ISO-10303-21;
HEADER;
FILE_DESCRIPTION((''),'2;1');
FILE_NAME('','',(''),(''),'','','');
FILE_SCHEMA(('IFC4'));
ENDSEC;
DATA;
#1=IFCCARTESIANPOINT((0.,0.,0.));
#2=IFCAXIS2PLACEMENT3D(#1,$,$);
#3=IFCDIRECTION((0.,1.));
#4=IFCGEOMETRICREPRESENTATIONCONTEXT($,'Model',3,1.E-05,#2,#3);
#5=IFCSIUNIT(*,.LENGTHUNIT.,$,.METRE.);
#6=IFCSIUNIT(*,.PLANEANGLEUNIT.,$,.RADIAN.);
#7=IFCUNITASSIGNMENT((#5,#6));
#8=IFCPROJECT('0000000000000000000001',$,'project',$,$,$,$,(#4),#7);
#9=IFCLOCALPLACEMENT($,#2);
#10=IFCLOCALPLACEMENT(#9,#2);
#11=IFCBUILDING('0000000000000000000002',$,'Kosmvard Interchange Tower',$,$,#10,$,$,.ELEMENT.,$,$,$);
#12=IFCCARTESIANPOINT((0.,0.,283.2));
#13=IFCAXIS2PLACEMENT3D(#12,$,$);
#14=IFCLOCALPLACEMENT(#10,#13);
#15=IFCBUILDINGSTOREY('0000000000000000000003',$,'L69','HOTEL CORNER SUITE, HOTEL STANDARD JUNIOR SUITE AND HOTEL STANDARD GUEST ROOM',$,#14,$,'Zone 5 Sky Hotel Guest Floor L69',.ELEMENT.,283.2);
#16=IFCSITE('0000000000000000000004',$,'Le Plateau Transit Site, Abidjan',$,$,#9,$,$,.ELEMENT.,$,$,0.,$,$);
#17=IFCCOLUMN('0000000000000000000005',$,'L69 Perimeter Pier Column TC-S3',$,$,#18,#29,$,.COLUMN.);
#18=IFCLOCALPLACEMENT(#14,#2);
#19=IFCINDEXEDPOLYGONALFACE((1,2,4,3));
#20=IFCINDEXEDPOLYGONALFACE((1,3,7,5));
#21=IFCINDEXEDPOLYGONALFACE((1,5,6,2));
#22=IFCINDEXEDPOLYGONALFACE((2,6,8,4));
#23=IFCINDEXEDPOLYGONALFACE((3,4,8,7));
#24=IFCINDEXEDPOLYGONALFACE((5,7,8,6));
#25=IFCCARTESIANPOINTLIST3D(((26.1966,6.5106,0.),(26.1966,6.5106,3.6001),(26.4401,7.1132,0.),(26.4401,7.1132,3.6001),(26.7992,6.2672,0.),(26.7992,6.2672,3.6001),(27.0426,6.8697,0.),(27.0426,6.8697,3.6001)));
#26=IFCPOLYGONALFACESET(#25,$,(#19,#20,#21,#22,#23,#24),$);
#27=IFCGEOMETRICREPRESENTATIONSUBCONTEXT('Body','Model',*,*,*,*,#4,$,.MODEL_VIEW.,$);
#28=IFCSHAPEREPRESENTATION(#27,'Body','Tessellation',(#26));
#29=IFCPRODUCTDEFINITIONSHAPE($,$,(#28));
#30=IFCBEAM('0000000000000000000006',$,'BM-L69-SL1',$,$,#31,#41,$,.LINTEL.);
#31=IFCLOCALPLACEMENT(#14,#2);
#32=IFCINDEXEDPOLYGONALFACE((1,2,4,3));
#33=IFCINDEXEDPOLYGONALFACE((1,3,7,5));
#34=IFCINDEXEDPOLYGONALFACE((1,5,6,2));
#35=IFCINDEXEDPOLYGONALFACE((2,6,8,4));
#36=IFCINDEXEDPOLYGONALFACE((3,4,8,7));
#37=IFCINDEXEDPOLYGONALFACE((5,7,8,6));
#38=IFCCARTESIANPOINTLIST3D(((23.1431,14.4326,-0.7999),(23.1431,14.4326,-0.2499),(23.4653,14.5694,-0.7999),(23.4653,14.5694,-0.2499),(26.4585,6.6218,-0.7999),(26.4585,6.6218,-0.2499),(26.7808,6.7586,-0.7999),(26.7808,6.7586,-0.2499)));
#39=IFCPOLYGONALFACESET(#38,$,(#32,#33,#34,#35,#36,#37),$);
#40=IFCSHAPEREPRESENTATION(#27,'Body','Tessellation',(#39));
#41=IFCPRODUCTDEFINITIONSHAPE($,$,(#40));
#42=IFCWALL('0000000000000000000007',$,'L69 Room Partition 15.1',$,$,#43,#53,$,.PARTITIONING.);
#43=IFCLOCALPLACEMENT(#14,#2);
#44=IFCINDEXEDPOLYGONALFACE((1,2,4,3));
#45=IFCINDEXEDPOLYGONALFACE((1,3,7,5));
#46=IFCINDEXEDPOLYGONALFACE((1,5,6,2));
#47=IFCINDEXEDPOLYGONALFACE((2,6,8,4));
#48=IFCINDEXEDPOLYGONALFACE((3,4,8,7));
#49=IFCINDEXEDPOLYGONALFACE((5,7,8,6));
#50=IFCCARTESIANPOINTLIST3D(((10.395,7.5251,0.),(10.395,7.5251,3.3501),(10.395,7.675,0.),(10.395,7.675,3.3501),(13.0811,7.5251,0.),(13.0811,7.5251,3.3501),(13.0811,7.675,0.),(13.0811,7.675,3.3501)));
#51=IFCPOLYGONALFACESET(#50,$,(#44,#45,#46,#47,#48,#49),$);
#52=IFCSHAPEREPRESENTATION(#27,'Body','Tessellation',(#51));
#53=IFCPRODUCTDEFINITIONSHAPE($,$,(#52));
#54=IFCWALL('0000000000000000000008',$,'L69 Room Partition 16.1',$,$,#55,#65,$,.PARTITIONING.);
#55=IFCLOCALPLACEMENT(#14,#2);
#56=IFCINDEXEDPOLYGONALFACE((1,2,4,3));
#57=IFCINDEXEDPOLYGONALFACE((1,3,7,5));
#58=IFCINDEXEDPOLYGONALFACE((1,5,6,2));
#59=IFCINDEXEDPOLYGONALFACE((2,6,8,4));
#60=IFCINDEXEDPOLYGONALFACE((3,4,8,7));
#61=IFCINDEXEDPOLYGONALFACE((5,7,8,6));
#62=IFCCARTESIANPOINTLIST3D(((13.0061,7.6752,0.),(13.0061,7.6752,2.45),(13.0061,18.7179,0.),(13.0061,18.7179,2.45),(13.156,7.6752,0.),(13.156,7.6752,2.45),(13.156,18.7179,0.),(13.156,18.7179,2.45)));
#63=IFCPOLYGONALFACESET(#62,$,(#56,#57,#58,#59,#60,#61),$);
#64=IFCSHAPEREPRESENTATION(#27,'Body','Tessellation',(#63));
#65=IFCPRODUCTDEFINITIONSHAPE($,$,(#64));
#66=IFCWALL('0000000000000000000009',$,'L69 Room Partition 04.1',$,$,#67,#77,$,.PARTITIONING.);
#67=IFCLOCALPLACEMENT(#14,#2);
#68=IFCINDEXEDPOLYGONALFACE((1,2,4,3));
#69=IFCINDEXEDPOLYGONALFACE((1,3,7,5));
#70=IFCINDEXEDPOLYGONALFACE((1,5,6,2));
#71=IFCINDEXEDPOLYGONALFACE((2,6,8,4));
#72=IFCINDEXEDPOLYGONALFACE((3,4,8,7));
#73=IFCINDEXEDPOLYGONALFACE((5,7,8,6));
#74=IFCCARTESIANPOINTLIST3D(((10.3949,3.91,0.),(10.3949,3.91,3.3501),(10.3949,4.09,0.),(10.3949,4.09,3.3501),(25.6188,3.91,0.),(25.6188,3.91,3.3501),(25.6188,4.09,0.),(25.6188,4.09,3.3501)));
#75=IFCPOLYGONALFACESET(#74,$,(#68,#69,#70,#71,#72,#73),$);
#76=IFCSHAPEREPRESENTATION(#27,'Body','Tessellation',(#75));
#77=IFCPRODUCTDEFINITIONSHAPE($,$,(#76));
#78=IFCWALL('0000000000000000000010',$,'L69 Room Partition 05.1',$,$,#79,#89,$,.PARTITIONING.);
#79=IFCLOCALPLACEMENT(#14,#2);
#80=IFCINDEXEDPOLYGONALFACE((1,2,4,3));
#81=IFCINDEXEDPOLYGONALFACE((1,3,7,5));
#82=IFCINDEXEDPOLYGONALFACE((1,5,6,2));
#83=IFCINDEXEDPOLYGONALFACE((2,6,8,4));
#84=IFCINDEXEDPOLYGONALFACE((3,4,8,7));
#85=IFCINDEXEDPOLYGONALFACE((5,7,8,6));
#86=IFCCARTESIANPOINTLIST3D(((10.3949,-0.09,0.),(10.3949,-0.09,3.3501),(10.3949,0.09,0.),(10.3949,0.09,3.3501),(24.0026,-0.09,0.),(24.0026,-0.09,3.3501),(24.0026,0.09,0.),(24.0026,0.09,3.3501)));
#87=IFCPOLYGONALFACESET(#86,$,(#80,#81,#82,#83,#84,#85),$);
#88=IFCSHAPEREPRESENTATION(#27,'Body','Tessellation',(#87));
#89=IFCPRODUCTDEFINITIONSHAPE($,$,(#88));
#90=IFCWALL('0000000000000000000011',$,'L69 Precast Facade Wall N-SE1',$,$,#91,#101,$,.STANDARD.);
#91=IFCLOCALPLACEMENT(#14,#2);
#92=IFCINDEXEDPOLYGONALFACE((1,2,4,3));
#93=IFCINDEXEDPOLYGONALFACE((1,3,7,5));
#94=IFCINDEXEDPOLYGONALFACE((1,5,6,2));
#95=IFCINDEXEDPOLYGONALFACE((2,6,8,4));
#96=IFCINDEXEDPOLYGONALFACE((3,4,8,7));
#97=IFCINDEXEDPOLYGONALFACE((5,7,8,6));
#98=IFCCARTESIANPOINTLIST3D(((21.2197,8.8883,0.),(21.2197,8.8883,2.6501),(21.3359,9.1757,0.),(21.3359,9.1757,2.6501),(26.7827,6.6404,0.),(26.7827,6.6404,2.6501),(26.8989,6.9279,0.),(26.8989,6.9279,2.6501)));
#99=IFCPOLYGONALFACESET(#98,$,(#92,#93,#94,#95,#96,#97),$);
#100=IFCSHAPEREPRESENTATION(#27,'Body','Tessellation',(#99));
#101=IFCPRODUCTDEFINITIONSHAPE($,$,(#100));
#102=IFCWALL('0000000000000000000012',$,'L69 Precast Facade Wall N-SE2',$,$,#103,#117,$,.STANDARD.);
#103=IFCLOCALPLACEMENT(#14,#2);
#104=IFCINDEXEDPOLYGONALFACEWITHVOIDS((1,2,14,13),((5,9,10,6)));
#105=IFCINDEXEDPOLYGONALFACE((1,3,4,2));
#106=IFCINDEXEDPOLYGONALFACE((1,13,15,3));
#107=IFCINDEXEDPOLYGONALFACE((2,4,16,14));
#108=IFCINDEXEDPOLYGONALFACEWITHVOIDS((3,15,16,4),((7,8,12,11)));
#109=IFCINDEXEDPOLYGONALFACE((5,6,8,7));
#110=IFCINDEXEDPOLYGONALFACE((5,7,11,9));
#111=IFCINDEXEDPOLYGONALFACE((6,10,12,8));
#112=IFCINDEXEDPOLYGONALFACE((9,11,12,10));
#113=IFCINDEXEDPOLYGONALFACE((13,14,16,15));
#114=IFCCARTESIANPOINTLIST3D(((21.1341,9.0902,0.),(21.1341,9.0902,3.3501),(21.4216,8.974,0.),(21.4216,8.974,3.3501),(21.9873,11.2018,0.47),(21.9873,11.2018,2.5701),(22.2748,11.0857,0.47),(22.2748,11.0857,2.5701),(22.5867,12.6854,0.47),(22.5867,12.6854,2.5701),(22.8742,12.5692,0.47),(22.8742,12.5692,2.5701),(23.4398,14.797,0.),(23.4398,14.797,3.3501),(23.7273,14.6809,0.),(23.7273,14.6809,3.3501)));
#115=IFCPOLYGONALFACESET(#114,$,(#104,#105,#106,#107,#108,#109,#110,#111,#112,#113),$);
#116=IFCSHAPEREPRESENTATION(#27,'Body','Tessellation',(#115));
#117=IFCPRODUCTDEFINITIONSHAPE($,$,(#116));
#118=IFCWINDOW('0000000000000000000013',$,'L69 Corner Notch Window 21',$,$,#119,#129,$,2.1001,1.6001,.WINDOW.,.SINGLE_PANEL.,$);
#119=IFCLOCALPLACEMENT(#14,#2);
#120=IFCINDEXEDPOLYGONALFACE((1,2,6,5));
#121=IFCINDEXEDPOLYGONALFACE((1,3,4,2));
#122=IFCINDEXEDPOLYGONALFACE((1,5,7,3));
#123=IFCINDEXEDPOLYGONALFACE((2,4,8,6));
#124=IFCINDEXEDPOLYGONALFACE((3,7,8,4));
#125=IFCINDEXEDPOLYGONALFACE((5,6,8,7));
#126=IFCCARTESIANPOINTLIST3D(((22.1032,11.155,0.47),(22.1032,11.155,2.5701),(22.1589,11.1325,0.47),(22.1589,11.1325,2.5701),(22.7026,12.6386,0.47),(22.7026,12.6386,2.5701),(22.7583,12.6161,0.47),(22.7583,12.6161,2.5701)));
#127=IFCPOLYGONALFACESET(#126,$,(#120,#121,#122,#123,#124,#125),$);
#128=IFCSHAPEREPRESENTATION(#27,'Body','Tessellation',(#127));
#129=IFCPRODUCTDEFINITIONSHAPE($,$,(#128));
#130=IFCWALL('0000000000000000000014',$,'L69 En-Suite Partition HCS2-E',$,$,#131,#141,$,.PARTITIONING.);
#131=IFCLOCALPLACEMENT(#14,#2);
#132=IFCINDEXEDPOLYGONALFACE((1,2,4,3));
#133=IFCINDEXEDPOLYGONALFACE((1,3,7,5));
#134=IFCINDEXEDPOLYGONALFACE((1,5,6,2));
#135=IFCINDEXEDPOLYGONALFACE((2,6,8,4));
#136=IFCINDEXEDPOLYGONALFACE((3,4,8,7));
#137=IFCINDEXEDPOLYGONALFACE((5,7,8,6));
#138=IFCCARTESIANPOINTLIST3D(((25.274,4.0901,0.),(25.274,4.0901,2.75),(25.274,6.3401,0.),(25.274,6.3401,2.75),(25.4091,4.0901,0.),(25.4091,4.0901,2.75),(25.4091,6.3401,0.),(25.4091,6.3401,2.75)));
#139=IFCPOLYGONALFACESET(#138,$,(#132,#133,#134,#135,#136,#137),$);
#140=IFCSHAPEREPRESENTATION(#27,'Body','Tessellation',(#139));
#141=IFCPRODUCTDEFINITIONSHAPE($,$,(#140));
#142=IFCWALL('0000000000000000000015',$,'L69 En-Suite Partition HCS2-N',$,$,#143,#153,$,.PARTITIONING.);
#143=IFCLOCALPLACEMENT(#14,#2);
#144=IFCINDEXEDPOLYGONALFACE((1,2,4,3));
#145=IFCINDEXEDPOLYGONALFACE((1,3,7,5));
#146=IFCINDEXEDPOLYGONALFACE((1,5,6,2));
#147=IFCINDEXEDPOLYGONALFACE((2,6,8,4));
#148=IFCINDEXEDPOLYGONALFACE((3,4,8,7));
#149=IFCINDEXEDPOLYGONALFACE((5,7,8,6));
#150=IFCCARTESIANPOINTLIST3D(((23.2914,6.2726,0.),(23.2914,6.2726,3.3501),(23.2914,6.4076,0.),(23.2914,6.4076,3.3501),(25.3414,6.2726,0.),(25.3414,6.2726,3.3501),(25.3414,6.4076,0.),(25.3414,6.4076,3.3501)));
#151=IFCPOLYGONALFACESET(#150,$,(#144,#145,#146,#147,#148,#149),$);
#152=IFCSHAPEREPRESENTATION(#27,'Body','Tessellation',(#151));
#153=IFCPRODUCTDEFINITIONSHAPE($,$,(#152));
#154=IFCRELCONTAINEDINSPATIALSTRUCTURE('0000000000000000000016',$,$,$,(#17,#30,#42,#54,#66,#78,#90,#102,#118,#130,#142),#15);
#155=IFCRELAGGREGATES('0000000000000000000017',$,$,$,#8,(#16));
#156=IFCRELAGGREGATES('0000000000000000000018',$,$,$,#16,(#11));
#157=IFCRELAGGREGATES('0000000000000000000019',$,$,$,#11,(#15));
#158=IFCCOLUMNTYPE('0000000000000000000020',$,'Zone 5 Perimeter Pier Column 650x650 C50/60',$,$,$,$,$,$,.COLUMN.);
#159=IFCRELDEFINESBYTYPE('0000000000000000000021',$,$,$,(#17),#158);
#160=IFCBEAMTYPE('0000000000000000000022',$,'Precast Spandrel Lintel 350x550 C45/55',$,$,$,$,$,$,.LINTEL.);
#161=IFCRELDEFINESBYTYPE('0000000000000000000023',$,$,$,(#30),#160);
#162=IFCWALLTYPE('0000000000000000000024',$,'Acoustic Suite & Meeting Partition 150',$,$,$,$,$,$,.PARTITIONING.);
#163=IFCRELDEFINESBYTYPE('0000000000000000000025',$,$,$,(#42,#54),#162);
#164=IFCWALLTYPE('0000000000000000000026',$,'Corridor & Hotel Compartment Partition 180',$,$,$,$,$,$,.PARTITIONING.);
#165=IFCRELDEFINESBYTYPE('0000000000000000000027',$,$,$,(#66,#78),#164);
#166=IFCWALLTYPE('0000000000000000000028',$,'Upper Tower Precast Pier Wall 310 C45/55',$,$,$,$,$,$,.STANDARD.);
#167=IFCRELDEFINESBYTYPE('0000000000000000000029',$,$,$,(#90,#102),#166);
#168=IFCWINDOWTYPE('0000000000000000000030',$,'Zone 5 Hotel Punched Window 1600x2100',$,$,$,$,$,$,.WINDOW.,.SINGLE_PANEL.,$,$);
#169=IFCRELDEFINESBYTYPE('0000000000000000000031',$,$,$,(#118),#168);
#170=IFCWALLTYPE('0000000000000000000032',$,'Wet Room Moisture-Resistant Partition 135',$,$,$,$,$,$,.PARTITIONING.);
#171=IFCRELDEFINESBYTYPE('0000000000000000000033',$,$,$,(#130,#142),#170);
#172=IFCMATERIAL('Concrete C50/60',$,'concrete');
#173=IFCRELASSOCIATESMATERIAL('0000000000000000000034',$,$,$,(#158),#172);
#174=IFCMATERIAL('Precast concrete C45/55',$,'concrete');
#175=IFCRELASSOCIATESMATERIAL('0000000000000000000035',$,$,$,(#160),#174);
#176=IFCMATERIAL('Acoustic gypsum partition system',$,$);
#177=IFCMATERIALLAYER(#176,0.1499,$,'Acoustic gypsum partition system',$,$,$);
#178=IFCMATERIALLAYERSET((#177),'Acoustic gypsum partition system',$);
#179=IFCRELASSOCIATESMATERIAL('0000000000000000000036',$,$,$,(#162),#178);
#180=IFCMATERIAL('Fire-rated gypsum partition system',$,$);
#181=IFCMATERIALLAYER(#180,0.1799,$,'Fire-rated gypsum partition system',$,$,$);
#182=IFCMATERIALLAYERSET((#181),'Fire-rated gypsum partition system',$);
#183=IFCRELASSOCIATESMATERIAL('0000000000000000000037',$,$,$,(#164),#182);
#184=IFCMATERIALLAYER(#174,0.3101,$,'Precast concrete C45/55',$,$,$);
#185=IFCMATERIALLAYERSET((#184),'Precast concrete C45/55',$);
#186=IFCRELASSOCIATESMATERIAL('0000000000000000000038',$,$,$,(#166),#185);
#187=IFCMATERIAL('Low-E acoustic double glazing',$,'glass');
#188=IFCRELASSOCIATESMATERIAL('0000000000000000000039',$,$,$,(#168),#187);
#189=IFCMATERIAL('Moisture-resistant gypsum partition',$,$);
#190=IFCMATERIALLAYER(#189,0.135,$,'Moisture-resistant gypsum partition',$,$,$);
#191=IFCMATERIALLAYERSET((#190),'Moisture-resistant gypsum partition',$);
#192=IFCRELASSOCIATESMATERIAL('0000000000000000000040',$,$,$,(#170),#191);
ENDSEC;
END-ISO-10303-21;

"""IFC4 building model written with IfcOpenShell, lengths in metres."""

from ifc_helpers import new_model, si_unit, direction, frame, frame_2d, origin, origin_2d, place, context, subcontext, project, spatial, rectangle, extrude, source, transform, mapped, material, layer, layer_set, material_profile, profile_set, type_object, element, fill, save


model = new_model("IFC4")

# Units and contexts
model_context = context("Model", 3, precision=1e-05, world=origin(), true_north=direction((0.0, 1.0)))
body_context = subcontext(model_context, "Body", "Model", "MODEL_VIEW")
ifc_project = project(units=[si_unit("LENGTHUNIT", "METRE"), si_unit("PLANEANGLEUNIT", "RADIAN")], contexts=[model_context])

# Site, building, storey
site_placement = place(None, origin())
site = spatial("IfcSite", under=ifc_project, at=site_placement, Name="Le Plateau Transit Site, Abidjan", CompositionType="ELEMENT", RefElevation=0.0)
building_placement = place(site_placement, origin())
building = spatial("IfcBuilding", under=site, at=building_placement, Name="Kosmvard Interchange Tower", CompositionType="ELEMENT")
storey_placement = place(building_placement, frame((0.0, 0.0, 283.2)))
storey = spatial("IfcBuildingStorey", under=building, at=storey_placement, Name="L69", Description="HOTEL CORNER SUITE, HOTEL STANDARD JUNIOR SUITE AND HOTEL STANDARD GUEST ROOM", LongName="Zone 5 Sky Hotel Guest Floor L69", CompositionType="ELEMENT", Elevation=283.2)

# Column
ifc_material_1 = material(Name="Concrete C50/60", Category="concrete")
ifc_material_profile_1 = material_profile(ifc_material_1, rectangle(XDim=0.6499, YDim=0.6499, at=origin_2d()), Name="TC 650x650")
ifc_profile_set_1 = profile_set([ifc_material_profile_1], Name="Concrete C50/60")
column_type = type_object("IfcColumnType", Name="Zone 5 Perimeter Pier Column 650x650 C50/60", PredefinedType="COLUMN", material=ifc_profile_set_1)
shared_shape_1 = source(origin(), body_context, "Body", "SweptSolid", [
    extrude(rectangle(XDim=0.6499, YDim=0.6499, at=origin_2d()), origin(), (0.0, 0.0, 1.0), 3.6001),
])
column_placement = place(storey_placement, frame((26.6196, 6.6902, 0.0), z_axis=(0.0, 0.0, 1.0), x_axis=(0.374607, 0.927184, 0.0)))
element("IfcColumn", 1, at=column_placement, inside=storey, type_object=column_type, Name="L69 Perimeter Pier Column TC-S3", PredefinedType="COLUMN", context=body_context, shape_type="MappedRepresentation", body=[
    mapped(shared_shape_1, transform((0.0, 0.0, 0.0), scale=1.0)),
])

# Beam
ifc_material_2 = material(Name="Precast concrete C45/55", Category="concrete")
ifc_material_profile_2 = material_profile(ifc_material_2, rectangle(XDim=0.3501, YDim=0.55, at=origin_2d()), Name="SL 350x550")
ifc_profile_set_2 = profile_set([ifc_material_profile_2], Name="Precast concrete C45/55")
beam_type = type_object("IfcBeamType", Name="Precast Spandrel Lintel 350x550 C45/55", PredefinedType="LINTEL", material=ifc_profile_set_2)
shared_shape_2 = source(origin(), body_context, "Body", "SweptSolid", [
    extrude(rectangle(XDim=0.3501, YDim=0.55, at=origin_2d()), origin(), (0.0, 0.0, 1.0), 8.4854),
])
beam_placement = place(storey_placement, frame((26.6196, 6.6902, -0.5249), z_axis=(-0.390726, 0.920507, 0.0), x_axis=(-0.920507, -0.390726, 0.0)))
element("IfcBeam", 2, at=beam_placement, inside=storey, type_object=beam_type, Name="BM-L69-SL1", PredefinedType="LINTEL", context=body_context, shape_type="MappedRepresentation", body=[
    mapped(shared_shape_2, transform((0.0, 0.0, 0.0), scale=1.0)),
])

# Walls
ifc_material_3 = material(Name="Acoustic gypsum partition system")
ifc_layer_1 = layer(ifc_material_3, 0.1499, Name="Acoustic gypsum partition system")
ifc_layer_set_1 = layer_set([ifc_layer_1], Name="Acoustic gypsum partition system")
wall_type_1 = type_object("IfcWallType", Name="Acoustic Suite & Meeting Partition 150", PredefinedType="PARTITIONING", material=ifc_layer_set_1)
wall_1_placement = place(storey_placement, frame((10.395, 7.6001, 0.0), z_axis=(0.0, 0.0, 1.0), x_axis=(1.0, 0.0, 0.0)))
element("IfcWall", 3, at=wall_1_placement, inside=storey, type_object=wall_type_1, Name="L69 Room Partition 15.1", PredefinedType="PARTITIONING", context=body_context, shape_type="SweptSolid", body=[
    extrude(rectangle(XDim=2.686, YDim=0.1499, at=frame_2d((1.343, 0.0))), origin(), (0.0, 0.0, 1.0), 3.3501),
])
wall_2_placement = place(storey_placement, frame((13.0811, 7.675, 0.0), z_axis=(0.0, 0.0, 1.0), x_axis=(0.0, 1.0, 0.0)))
element("IfcWall", 4, at=wall_2_placement, inside=storey, type_object=wall_type_1, Name="L69 Room Partition 16.1", PredefinedType="PARTITIONING", context=body_context, shape_type="SweptSolid", body=[
    extrude(rectangle(XDim=11.0427, YDim=0.1499, at=frame_2d((5.5215, 0.0))), origin(), (0.0, 0.0, 1.0), 2.45),
])
ifc_material_4 = material(Name="Fire-rated gypsum partition system")
ifc_layer_2 = layer(ifc_material_4, 0.1799, Name="Fire-rated gypsum partition system")
ifc_layer_set_2 = layer_set([ifc_layer_2], Name="Fire-rated gypsum partition system")
wall_type_2 = type_object("IfcWallType", Name="Corridor & Hotel Compartment Partition 180", PredefinedType="PARTITIONING", material=ifc_layer_set_2)
wall_3_placement = place(storey_placement, frame((10.395, 4.0, 0.0), z_axis=(0.0, 0.0, 1.0), x_axis=(1.0, 0.0, 0.0)))
element("IfcWall", 5, at=wall_3_placement, inside=storey, type_object=wall_type_2, Name="L69 Room Partition 04.1", PredefinedType="PARTITIONING", context=body_context, shape_type="SweptSolid", body=[
    extrude(rectangle(XDim=15.2239, YDim=0.1799, at=frame_2d((7.6118, 0.0))), origin(), (0.0, 0.0, 1.0), 3.3501),
])
wall_4_placement = place(storey_placement, frame((10.395, 0.0, 0.0), z_axis=(0.0, 0.0, 1.0), x_axis=(1.0, 0.0, 0.0)))
element("IfcWall", 6, at=wall_4_placement, inside=storey, type_object=wall_type_2, Name="L69 Room Partition 05.1", PredefinedType="PARTITIONING", context=body_context, shape_type="SweptSolid", body=[
    extrude(rectangle(XDim=13.6077, YDim=0.1799, at=frame_2d((6.8037, 0.0))), origin(), (0.0, 0.0, 1.0), 3.3501),
])
ifc_layer_3 = layer(ifc_material_2, 0.3101, Name="Precast concrete C45/55")
ifc_layer_set_3 = layer_set([ifc_layer_3], Name="Precast concrete C45/55")
wall_type_3 = type_object("IfcWallType", Name="Upper Tower Precast Pier Wall 310 C45/55", PredefinedType="STANDARD", material=ifc_layer_set_3)
wall_5_placement = place(storey_placement, frame((26.8408, 6.7842, 0.0), z_axis=(0.0, 0.0, 1.0), x_axis=(-0.927172, 0.374637, 0.0)))
element("IfcWall", 7, at=wall_5_placement, inside=storey, type_object=wall_type_3, Name="L69 Precast Facade Wall N-SE1", PredefinedType="STANDARD", context=body_context, shape_type="SweptSolid", body=[
    extrude(rectangle(XDim=6.0, YDim=0.3101, at=frame_2d((3.0, 0.0))), origin(), (0.0, 0.0, 1.0), 2.6501),
])

# Wall, opening, window
wall_6_placement = place(storey_placement, frame((21.2778, 9.032, 0.0), z_axis=(0.0, 0.0, 1.0), x_axis=(0.374603, 0.927185, 0.0)))
wall_6 = element("IfcWall", 8, at=wall_6_placement, inside=storey, type_object=wall_type_3, Name="L69 Precast Facade Wall N-SE2", PredefinedType="STANDARD", context=body_context, shape_type="SweptSolid", body=[
    extrude(rectangle(XDim=6.155, YDim=0.3101, at=frame_2d((3.0776, 0.0))), origin(), (0.0, 0.0, 1.0), 3.3501),
])
opening_1_placement = place(wall_6_placement, frame((2.2776, 0.0, 0.47)))
opening_1 = element("IfcOpeningElement", 9, at=opening_1_placement, cuts=wall_6, PredefinedType="OPENING", context=body_context, shape_type="SweptSolid", body=[
    extrude(rectangle(XDim=1.6001, YDim=2.1001, at=frame_2d((0.8, 1.05))), frame((0.0, 0.165, 0.0), z_axis=(0.0, -1.0, 0.0), x_axis=(1.0, 0.0, 0.0)), (0.0, 0.0, 1.0), 0.3301),
])
ifc_material_5 = material(Name="Low-E acoustic double glazing", Category="glass")
window_type = type_object("IfcWindowType", Name="Zone 5 Hotel Punched Window 1600x2100", PartitioningType="SINGLE_PANEL", PredefinedType="WINDOW", material=ifc_material_5)
shared_shape_3 = source(origin(), body_context, "Body", "SweptSolid", [
    extrude(rectangle(XDim=1.6001, YDim=2.1001, at=frame_2d((0.8, 1.05))), frame((0.0, 0.03, 0.0), z_axis=(0.0, -1.0, 0.0), x_axis=(1.0, 0.0, 0.0)), (0.0, 0.0, 1.0), 0.0601),
])
window_placement = place(opening_1_placement, origin())
window = element("IfcWindow", 10, at=window_placement, inside=storey, type_object=window_type, Name="L69 Corner Notch Window 21", OverallHeight=2.1001, OverallWidth=1.6001, PartitioningType="SINGLE_PANEL", PredefinedType="WINDOW", context=body_context, shape_type="MappedRepresentation", body=[
    mapped(shared_shape_3, transform((0.0, 0.0, 0.0), scale=1.0)),
])
fill(opening_1, window)

# Walls
ifc_material_6 = material(Name="Moisture-resistant gypsum partition")
ifc_layer_4 = layer(ifc_material_6, 0.135, Name="Moisture-resistant gypsum partition")
ifc_layer_set_4 = layer_set([ifc_layer_4], Name="Moisture-resistant gypsum partition")
wall_type_4 = type_object("IfcWallType", Name="Wet Room Moisture-Resistant Partition 135", PredefinedType="PARTITIONING", material=ifc_layer_set_4)
wall_7_placement = place(storey_placement, frame((25.3416, 4.0901, 0.0), z_axis=(0.0, 0.0, 1.0), x_axis=(0.0, 1.0, 0.0)))
element("IfcWall", 11, at=wall_7_placement, inside=storey, type_object=wall_type_4, Name="L69 En-Suite Partition HCS2-E", PredefinedType="PARTITIONING", context=body_context, shape_type="SweptSolid", body=[
    extrude(rectangle(XDim=2.25, YDim=0.135, at=frame_2d((1.125, 0.0))), origin(), (0.0, 0.0, 1.0), 2.75),
])
wall_8_placement = place(storey_placement, frame((23.2915, 6.3401, 0.0), z_axis=(0.0, 0.0, 1.0), x_axis=(1.0, 0.0, 0.0)))
element("IfcWall", 12, at=wall_8_placement, inside=storey, type_object=wall_type_4, Name="L69 En-Suite Partition HCS2-N", PredefinedType="PARTITIONING", context=body_context, shape_type="SweptSolid", body=[
    extrude(rectangle(XDim=2.05, YDim=0.135, at=frame_2d((1.0249, 0.0))), origin(), (0.0, 0.0, 1.0), 3.3501),
])

save(model, "model.ifc")
